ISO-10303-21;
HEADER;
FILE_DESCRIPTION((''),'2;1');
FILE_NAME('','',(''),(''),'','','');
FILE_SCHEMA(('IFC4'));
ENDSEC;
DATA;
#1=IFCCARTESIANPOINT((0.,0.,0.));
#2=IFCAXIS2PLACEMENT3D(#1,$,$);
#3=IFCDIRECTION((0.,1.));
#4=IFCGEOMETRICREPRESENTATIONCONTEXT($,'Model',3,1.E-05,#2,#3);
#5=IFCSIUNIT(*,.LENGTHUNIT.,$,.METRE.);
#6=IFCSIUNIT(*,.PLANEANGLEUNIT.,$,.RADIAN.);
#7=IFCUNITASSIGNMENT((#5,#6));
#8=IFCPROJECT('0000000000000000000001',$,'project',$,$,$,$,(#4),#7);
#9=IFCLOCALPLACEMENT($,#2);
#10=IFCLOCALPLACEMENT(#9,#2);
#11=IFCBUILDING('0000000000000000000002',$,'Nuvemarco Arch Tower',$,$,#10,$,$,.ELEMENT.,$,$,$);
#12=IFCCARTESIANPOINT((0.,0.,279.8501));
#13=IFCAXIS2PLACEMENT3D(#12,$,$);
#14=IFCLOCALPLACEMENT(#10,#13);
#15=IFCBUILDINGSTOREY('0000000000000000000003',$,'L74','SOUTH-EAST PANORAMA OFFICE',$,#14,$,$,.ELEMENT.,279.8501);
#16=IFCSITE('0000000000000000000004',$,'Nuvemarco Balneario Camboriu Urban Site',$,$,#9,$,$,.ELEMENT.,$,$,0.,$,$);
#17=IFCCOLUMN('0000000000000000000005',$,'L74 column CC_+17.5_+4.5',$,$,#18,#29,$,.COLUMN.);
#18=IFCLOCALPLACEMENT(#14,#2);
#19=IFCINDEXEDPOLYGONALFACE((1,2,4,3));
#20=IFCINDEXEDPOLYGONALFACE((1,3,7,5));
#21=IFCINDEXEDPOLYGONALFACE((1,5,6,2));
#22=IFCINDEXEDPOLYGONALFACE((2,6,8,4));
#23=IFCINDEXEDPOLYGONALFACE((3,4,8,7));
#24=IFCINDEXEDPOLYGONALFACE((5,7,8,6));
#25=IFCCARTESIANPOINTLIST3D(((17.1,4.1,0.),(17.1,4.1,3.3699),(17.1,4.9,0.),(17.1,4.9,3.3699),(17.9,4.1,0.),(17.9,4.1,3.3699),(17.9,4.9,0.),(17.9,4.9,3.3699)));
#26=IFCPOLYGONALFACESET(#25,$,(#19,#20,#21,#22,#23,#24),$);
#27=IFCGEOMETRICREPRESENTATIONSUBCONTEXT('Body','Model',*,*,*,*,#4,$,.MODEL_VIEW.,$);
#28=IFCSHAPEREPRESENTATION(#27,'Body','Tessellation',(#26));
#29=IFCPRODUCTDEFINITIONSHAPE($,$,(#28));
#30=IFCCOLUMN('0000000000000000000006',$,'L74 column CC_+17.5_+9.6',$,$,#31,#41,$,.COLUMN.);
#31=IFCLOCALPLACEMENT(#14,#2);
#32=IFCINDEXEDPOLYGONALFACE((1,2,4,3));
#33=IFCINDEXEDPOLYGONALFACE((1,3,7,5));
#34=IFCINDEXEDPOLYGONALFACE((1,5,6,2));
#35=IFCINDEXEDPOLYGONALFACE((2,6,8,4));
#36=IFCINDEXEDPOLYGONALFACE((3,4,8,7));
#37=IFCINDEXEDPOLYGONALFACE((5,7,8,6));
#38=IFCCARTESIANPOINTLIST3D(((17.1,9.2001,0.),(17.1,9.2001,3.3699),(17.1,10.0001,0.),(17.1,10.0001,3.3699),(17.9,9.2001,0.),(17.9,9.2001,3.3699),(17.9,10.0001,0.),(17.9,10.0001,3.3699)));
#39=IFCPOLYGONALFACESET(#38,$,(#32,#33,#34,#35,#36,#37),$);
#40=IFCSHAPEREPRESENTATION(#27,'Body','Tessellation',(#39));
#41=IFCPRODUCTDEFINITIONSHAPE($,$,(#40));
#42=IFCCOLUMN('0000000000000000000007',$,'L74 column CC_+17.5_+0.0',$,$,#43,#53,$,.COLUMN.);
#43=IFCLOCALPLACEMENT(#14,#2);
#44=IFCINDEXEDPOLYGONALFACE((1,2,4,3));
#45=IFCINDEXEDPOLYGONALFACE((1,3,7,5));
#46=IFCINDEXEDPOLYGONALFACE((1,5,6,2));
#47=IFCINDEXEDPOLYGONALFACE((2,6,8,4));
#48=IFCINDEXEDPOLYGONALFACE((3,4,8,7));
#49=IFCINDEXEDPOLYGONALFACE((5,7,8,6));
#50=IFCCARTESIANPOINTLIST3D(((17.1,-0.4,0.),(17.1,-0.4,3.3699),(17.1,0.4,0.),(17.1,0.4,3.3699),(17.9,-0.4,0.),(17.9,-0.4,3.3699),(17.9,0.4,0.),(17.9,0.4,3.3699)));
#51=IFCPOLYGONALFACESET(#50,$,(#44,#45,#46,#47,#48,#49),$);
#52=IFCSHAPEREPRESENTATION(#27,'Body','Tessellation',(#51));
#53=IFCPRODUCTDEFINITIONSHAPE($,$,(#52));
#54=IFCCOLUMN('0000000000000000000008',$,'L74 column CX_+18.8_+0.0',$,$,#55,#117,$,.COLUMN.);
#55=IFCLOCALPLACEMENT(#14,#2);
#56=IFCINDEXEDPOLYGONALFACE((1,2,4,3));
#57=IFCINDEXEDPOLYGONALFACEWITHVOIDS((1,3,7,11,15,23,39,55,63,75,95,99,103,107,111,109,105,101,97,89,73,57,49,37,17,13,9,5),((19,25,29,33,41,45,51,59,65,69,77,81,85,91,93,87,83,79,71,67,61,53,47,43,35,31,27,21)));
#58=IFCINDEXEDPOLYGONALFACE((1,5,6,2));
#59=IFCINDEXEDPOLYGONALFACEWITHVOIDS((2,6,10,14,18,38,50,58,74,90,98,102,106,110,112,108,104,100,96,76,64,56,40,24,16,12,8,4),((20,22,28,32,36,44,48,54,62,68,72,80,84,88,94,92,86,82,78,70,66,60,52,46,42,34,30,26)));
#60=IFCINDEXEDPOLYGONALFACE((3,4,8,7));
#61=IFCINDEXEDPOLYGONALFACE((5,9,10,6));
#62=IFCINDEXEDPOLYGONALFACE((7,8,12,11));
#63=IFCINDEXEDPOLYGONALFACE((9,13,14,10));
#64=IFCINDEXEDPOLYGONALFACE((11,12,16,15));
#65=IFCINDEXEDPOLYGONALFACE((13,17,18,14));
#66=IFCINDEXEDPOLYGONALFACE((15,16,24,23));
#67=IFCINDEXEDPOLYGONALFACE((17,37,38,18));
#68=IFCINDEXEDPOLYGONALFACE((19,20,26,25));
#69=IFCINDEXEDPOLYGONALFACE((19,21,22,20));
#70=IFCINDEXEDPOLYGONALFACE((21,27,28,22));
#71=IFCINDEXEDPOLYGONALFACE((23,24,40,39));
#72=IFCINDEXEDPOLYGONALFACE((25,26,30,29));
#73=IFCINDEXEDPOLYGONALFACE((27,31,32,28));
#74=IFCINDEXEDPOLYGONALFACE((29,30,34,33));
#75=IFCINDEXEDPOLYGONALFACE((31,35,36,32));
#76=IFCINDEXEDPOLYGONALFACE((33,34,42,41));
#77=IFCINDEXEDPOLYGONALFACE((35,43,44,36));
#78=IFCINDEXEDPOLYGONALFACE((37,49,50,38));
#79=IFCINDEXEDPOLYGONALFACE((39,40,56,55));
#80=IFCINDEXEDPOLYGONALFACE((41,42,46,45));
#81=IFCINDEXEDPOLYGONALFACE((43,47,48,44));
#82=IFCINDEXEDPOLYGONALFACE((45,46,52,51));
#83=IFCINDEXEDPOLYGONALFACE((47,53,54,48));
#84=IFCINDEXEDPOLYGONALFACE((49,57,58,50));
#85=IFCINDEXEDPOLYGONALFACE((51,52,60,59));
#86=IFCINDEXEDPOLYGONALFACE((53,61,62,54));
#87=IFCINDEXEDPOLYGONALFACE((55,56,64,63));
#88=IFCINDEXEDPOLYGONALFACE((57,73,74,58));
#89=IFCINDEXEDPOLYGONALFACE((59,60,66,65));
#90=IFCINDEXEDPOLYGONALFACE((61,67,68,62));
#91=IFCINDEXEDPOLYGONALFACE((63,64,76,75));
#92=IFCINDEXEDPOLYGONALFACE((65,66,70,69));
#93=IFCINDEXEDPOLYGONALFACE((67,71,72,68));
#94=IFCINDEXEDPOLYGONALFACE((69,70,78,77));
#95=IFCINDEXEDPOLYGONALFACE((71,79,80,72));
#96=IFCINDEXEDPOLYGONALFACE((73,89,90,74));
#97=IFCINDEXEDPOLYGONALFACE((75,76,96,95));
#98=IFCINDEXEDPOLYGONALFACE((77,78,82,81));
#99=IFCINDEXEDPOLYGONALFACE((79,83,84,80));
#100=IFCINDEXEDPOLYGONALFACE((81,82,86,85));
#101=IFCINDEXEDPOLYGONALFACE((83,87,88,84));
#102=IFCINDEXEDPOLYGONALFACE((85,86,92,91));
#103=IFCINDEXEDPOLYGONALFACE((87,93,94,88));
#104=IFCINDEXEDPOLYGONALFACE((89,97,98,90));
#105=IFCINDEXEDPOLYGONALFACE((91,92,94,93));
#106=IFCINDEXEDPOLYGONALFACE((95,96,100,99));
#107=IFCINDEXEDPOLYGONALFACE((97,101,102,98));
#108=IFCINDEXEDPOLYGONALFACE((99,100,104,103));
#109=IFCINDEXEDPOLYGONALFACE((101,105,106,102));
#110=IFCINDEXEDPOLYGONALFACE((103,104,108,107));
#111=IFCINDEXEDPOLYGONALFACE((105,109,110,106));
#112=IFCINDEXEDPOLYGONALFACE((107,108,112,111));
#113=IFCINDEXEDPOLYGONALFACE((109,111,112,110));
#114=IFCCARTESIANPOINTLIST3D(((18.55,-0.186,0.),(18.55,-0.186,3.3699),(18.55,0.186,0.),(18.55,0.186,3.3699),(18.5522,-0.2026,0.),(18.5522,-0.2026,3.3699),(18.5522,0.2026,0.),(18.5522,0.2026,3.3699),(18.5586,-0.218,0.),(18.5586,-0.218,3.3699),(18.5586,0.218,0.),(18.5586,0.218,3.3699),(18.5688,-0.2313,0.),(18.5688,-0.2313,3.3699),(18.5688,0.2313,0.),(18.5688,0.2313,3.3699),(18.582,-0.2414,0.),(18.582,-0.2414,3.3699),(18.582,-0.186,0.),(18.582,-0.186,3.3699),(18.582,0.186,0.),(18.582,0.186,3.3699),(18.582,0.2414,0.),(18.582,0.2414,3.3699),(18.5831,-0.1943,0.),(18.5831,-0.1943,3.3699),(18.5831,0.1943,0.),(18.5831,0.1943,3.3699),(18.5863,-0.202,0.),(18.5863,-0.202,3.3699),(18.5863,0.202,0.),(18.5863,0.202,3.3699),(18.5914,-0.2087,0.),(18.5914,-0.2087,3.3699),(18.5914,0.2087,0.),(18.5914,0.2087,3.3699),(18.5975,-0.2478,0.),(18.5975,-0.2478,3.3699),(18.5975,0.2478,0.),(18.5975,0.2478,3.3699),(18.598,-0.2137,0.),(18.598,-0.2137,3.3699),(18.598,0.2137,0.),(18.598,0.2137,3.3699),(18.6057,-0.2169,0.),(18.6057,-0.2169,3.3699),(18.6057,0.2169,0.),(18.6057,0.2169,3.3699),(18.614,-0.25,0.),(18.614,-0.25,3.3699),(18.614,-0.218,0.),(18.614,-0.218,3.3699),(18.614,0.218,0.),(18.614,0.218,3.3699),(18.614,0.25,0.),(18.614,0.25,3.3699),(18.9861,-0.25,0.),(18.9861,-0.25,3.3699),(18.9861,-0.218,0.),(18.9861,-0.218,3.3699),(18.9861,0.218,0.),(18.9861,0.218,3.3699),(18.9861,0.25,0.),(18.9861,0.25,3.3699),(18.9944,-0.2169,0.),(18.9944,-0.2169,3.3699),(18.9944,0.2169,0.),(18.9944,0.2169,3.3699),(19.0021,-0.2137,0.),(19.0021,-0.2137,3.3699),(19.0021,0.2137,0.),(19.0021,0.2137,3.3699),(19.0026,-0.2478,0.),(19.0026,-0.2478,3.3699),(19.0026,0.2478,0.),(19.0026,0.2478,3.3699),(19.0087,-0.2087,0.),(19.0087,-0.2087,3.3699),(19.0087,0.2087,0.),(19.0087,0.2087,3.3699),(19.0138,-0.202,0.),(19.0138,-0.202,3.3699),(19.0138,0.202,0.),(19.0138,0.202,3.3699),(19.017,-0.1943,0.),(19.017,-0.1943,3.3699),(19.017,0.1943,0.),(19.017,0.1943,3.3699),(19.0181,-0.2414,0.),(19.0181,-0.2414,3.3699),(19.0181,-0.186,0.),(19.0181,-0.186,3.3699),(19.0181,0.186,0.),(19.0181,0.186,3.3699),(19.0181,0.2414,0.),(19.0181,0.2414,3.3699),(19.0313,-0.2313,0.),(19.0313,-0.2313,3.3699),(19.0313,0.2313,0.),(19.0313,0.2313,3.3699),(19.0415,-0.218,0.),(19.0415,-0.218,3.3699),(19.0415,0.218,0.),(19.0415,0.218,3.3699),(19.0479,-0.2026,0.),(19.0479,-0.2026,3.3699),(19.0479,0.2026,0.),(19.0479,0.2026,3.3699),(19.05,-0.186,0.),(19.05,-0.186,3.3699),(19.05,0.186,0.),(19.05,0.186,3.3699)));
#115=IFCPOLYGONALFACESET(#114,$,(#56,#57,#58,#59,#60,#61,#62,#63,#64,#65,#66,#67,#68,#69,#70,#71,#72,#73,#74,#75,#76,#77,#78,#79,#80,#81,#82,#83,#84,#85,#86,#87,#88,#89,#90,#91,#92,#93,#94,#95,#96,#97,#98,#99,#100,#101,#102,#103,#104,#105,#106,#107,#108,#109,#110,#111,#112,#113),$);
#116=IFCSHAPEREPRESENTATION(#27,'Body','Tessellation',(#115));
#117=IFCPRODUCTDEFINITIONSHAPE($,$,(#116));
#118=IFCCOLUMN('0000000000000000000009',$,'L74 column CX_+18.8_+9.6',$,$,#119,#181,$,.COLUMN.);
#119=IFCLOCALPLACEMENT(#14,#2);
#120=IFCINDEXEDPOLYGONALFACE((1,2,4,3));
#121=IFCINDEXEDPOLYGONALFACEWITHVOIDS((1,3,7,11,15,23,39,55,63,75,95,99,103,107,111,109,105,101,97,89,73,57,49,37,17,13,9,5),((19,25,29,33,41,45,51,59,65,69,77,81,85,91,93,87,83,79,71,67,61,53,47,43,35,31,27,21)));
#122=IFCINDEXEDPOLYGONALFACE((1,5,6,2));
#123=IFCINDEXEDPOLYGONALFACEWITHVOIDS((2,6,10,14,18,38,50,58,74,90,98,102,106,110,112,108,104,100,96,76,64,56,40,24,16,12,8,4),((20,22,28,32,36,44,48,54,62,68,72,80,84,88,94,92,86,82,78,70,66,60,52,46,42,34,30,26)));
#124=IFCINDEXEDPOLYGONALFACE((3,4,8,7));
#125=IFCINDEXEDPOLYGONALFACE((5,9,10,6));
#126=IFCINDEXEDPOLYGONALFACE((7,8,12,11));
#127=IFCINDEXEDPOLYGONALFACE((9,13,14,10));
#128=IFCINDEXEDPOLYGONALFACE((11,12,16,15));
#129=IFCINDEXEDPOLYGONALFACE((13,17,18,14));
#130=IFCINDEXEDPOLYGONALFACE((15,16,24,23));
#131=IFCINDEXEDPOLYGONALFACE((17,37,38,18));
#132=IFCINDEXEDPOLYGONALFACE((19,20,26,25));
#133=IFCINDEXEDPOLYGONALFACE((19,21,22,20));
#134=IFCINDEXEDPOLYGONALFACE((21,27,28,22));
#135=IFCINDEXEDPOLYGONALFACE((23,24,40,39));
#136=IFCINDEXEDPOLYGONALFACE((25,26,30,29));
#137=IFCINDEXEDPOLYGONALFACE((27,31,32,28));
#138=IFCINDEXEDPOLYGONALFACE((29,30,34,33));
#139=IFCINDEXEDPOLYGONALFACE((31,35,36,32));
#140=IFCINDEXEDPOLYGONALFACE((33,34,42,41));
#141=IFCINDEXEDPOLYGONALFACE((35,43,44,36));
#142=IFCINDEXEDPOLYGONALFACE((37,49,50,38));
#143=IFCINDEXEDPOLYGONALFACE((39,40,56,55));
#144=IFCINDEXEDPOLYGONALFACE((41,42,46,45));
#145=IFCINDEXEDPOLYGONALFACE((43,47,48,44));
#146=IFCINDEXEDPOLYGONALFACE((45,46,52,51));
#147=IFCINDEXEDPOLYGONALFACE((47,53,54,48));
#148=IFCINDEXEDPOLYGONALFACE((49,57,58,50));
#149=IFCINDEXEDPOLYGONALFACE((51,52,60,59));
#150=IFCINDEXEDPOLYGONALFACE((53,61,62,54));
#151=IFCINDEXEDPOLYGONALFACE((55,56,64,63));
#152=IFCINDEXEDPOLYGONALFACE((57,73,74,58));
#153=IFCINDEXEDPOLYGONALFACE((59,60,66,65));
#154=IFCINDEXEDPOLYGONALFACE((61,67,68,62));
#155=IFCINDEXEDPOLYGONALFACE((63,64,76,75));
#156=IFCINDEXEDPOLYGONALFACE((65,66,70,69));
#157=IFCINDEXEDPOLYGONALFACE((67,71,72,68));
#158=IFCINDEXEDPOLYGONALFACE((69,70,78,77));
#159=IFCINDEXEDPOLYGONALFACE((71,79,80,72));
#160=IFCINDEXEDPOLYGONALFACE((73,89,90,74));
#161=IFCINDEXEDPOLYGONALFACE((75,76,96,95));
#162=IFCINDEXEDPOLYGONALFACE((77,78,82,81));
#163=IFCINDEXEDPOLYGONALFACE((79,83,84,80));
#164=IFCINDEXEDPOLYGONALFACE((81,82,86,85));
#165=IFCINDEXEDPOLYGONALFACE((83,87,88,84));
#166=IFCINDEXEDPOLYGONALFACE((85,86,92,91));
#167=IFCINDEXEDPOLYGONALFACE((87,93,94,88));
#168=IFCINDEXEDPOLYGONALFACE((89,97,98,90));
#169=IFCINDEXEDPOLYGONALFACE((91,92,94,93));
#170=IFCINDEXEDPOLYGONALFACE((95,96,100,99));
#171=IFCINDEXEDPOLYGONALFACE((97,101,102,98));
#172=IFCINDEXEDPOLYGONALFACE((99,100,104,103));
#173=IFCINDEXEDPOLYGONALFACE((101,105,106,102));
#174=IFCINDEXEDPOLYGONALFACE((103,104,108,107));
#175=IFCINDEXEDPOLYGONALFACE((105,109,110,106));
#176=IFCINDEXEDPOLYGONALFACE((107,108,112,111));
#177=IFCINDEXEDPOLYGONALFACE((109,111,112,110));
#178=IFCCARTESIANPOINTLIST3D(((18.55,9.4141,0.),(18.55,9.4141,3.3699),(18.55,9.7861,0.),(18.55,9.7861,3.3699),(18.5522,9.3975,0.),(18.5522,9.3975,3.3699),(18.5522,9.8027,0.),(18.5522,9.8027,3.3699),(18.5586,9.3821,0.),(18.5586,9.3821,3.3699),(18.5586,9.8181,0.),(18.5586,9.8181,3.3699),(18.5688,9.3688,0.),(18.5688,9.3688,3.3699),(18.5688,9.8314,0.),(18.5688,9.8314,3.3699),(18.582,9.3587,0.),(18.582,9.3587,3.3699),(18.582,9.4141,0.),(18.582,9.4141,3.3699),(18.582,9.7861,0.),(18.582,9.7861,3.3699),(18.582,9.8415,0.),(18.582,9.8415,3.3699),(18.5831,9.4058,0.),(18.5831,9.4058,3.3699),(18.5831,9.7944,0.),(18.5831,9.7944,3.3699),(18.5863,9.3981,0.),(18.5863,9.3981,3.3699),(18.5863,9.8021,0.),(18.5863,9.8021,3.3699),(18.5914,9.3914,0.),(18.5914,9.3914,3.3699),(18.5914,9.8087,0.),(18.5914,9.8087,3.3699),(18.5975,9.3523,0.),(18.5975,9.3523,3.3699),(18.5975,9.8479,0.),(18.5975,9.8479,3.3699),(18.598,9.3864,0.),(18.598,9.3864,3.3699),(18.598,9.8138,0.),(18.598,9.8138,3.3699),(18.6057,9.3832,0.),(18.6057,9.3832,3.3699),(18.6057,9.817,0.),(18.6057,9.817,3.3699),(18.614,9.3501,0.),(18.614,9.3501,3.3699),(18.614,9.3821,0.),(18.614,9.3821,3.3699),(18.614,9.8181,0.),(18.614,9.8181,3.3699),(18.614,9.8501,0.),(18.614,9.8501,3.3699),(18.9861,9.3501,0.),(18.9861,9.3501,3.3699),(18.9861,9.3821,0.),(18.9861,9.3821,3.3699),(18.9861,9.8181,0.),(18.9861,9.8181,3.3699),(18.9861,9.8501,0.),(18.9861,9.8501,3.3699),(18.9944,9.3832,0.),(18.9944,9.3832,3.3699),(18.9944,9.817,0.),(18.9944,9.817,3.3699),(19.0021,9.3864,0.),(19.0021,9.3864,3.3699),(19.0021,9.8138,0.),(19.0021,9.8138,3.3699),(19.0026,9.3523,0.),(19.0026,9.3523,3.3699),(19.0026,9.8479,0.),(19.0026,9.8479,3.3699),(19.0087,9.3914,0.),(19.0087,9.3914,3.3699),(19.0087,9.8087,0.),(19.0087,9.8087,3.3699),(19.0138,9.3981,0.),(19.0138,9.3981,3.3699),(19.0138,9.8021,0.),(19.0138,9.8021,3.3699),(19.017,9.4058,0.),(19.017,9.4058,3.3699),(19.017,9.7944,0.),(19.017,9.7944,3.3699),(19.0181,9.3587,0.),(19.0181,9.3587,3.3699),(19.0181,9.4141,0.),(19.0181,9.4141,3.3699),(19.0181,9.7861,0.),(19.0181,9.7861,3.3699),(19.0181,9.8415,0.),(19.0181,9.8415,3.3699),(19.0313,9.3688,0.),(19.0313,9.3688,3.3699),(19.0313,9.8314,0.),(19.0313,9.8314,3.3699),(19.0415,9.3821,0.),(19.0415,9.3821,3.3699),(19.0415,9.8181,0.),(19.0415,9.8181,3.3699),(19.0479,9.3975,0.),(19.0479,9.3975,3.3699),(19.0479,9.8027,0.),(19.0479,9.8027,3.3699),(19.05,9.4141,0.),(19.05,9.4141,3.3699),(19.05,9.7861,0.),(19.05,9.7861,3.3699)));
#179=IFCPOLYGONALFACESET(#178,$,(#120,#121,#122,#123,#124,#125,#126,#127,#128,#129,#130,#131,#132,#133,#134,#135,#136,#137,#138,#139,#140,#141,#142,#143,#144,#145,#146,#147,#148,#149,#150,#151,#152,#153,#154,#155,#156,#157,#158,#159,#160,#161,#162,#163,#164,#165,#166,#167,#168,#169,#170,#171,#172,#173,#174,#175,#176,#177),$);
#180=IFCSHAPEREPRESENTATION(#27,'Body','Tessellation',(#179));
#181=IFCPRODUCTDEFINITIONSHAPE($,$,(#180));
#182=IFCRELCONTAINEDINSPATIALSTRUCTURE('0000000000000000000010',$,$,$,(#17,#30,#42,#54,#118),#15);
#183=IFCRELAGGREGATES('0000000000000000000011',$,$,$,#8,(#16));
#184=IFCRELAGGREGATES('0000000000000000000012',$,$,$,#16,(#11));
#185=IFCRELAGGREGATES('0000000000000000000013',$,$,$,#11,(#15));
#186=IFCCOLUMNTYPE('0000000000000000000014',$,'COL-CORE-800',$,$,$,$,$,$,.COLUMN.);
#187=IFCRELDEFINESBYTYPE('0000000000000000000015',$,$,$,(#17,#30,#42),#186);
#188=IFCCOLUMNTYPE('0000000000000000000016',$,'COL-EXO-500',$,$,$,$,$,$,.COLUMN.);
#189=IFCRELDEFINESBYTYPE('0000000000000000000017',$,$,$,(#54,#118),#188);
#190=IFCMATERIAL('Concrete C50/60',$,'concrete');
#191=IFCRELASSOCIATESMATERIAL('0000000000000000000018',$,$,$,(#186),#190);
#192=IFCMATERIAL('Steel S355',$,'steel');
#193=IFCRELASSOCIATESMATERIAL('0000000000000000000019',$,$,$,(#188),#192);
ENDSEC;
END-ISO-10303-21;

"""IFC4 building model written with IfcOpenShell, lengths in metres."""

from ifc_helpers import new_model, si_unit, direction, frame, origin, origin_2d, place, context, subcontext, project, spatial, rectangle, hollow_rectangle, extrude, material, material_profile, profile_set, type_object, element, save


model = new_model("IFC4")

# Units and contexts
model_context = context("Model", 3, precision=1e-05, world=origin(), true_north=direction((0.0, 1.0)))
body_context = subcontext(model_context, "Body", "Model", "MODEL_VIEW")
ifc_project = project(units=[si_unit("LENGTHUNIT", "METRE"), si_unit("PLANEANGLEUNIT", "RADIAN")], contexts=[model_context])

# Site, building, storey
site_placement = place(None, origin())
site = spatial("IfcSite", under=ifc_project, at=site_placement, Name="Nuvemarco Balneario Camboriu Urban Site", CompositionType="ELEMENT", RefElevation=0.0)
building_placement = place(site_placement, origin())
building = spatial("IfcBuilding", under=site, at=building_placement, Name="Nuvemarco Arch Tower", CompositionType="ELEMENT")
storey_placement = place(building_placement, frame((0.0, 0.0, 279.8501)))
storey = spatial("IfcBuildingStorey", under=building, at=storey_placement, Name="L74", Description="SOUTH-EAST PANORAMA OFFICE", CompositionType="ELEMENT", Elevation=279.8501)

# Columns
ifc_material_1 = material(Name="Concrete C50/60", Category="concrete")
ifc_material_profile_1 = material_profile(ifc_material_1, rectangle(XDim=0.8, YDim=0.8, at=origin_2d()), Name="RC-COL-800x800")
ifc_profile_set_1 = profile_set([ifc_material_profile_1], Name="Concrete C50/60")
column_type_1 = type_object("IfcColumnType", Name="COL-CORE-800", PredefinedType="COLUMN", material=ifc_profile_set_1)
for number, where, z_axis, x_axis, name in (
    (1, (17.5, 4.5, 0.0), (0.0, 0.0, 1.0), (1.0, 0.0, 0.0), "L74 column CC_+17.5_+4.5"),
    (2, (17.5, 9.6001, 0.0), (0.0, 0.0, 1.0), (1.0, 0.0, 0.0), "L74 column CC_+17.5_+9.6"),
    (3, (17.5, 0.0, 0.0), (0.0, 0.0, 1.0), (1.0, 0.0, 0.0), "L74 column CC_+17.5_+0.0"),
):
    element("IfcColumn", number, at=place(storey_placement, frame(where, z_axis=z_axis, x_axis=x_axis)), inside=storey, type_object=column_type_1, Name=name, PredefinedType="COLUMN", context=body_context, shape_type="SweptSolid", body=[
        extrude(rectangle(XDim=0.8, YDim=0.8, at=origin_2d()), origin(), (0.0, 0.0, 1.0), 3.3699),
    ])
ifc_material_2 = material(Name="Steel S355", Category="steel")
ifc_material_profile_2 = material_profile(ifc_material_2, hollow_rectangle(XDim=0.5, YDim=0.5, WallThickness=0.032, InnerFilletRadius=0.032, OuterFilletRadius=0.064, at=origin_2d()), Name="SHS500x500x32")
ifc_profile_set_2 = profile_set([ifc_material_profile_2], Name="Steel S355")
column_type_2 = type_object("IfcColumnType", Name="COL-EXO-500", PredefinedType="COLUMN", material=ifc_profile_set_2)
for number, where, z_axis, x_axis, name in (
    (4, (18.8, 0.0, 0.0), (0.0, 0.0, 1.0), (1.0, 0.0, 0.0), "L74 column CX_+18.8_+0.0"),
    (5, (18.8, 9.6001, 0.0), (0.0, 0.0, 1.0), (1.0, 0.0, 0.0), "L74 column CX_+18.8_+9.6"),
):
    element("IfcColumn", number, at=place(storey_placement, frame(where, z_axis=z_axis, x_axis=x_axis)), inside=storey, type_object=column_type_2, Name=name, PredefinedType="COLUMN", context=body_context, shape_type="SweptSolid", body=[
        extrude(hollow_rectangle(XDim=0.5, YDim=0.5, WallThickness=0.032, InnerFilletRadius=0.032, OuterFilletRadius=0.064, at=origin_2d()), origin(), (0.0, 0.0, 1.0), 3.3699),
    ])

save(model, "model.ifc")
